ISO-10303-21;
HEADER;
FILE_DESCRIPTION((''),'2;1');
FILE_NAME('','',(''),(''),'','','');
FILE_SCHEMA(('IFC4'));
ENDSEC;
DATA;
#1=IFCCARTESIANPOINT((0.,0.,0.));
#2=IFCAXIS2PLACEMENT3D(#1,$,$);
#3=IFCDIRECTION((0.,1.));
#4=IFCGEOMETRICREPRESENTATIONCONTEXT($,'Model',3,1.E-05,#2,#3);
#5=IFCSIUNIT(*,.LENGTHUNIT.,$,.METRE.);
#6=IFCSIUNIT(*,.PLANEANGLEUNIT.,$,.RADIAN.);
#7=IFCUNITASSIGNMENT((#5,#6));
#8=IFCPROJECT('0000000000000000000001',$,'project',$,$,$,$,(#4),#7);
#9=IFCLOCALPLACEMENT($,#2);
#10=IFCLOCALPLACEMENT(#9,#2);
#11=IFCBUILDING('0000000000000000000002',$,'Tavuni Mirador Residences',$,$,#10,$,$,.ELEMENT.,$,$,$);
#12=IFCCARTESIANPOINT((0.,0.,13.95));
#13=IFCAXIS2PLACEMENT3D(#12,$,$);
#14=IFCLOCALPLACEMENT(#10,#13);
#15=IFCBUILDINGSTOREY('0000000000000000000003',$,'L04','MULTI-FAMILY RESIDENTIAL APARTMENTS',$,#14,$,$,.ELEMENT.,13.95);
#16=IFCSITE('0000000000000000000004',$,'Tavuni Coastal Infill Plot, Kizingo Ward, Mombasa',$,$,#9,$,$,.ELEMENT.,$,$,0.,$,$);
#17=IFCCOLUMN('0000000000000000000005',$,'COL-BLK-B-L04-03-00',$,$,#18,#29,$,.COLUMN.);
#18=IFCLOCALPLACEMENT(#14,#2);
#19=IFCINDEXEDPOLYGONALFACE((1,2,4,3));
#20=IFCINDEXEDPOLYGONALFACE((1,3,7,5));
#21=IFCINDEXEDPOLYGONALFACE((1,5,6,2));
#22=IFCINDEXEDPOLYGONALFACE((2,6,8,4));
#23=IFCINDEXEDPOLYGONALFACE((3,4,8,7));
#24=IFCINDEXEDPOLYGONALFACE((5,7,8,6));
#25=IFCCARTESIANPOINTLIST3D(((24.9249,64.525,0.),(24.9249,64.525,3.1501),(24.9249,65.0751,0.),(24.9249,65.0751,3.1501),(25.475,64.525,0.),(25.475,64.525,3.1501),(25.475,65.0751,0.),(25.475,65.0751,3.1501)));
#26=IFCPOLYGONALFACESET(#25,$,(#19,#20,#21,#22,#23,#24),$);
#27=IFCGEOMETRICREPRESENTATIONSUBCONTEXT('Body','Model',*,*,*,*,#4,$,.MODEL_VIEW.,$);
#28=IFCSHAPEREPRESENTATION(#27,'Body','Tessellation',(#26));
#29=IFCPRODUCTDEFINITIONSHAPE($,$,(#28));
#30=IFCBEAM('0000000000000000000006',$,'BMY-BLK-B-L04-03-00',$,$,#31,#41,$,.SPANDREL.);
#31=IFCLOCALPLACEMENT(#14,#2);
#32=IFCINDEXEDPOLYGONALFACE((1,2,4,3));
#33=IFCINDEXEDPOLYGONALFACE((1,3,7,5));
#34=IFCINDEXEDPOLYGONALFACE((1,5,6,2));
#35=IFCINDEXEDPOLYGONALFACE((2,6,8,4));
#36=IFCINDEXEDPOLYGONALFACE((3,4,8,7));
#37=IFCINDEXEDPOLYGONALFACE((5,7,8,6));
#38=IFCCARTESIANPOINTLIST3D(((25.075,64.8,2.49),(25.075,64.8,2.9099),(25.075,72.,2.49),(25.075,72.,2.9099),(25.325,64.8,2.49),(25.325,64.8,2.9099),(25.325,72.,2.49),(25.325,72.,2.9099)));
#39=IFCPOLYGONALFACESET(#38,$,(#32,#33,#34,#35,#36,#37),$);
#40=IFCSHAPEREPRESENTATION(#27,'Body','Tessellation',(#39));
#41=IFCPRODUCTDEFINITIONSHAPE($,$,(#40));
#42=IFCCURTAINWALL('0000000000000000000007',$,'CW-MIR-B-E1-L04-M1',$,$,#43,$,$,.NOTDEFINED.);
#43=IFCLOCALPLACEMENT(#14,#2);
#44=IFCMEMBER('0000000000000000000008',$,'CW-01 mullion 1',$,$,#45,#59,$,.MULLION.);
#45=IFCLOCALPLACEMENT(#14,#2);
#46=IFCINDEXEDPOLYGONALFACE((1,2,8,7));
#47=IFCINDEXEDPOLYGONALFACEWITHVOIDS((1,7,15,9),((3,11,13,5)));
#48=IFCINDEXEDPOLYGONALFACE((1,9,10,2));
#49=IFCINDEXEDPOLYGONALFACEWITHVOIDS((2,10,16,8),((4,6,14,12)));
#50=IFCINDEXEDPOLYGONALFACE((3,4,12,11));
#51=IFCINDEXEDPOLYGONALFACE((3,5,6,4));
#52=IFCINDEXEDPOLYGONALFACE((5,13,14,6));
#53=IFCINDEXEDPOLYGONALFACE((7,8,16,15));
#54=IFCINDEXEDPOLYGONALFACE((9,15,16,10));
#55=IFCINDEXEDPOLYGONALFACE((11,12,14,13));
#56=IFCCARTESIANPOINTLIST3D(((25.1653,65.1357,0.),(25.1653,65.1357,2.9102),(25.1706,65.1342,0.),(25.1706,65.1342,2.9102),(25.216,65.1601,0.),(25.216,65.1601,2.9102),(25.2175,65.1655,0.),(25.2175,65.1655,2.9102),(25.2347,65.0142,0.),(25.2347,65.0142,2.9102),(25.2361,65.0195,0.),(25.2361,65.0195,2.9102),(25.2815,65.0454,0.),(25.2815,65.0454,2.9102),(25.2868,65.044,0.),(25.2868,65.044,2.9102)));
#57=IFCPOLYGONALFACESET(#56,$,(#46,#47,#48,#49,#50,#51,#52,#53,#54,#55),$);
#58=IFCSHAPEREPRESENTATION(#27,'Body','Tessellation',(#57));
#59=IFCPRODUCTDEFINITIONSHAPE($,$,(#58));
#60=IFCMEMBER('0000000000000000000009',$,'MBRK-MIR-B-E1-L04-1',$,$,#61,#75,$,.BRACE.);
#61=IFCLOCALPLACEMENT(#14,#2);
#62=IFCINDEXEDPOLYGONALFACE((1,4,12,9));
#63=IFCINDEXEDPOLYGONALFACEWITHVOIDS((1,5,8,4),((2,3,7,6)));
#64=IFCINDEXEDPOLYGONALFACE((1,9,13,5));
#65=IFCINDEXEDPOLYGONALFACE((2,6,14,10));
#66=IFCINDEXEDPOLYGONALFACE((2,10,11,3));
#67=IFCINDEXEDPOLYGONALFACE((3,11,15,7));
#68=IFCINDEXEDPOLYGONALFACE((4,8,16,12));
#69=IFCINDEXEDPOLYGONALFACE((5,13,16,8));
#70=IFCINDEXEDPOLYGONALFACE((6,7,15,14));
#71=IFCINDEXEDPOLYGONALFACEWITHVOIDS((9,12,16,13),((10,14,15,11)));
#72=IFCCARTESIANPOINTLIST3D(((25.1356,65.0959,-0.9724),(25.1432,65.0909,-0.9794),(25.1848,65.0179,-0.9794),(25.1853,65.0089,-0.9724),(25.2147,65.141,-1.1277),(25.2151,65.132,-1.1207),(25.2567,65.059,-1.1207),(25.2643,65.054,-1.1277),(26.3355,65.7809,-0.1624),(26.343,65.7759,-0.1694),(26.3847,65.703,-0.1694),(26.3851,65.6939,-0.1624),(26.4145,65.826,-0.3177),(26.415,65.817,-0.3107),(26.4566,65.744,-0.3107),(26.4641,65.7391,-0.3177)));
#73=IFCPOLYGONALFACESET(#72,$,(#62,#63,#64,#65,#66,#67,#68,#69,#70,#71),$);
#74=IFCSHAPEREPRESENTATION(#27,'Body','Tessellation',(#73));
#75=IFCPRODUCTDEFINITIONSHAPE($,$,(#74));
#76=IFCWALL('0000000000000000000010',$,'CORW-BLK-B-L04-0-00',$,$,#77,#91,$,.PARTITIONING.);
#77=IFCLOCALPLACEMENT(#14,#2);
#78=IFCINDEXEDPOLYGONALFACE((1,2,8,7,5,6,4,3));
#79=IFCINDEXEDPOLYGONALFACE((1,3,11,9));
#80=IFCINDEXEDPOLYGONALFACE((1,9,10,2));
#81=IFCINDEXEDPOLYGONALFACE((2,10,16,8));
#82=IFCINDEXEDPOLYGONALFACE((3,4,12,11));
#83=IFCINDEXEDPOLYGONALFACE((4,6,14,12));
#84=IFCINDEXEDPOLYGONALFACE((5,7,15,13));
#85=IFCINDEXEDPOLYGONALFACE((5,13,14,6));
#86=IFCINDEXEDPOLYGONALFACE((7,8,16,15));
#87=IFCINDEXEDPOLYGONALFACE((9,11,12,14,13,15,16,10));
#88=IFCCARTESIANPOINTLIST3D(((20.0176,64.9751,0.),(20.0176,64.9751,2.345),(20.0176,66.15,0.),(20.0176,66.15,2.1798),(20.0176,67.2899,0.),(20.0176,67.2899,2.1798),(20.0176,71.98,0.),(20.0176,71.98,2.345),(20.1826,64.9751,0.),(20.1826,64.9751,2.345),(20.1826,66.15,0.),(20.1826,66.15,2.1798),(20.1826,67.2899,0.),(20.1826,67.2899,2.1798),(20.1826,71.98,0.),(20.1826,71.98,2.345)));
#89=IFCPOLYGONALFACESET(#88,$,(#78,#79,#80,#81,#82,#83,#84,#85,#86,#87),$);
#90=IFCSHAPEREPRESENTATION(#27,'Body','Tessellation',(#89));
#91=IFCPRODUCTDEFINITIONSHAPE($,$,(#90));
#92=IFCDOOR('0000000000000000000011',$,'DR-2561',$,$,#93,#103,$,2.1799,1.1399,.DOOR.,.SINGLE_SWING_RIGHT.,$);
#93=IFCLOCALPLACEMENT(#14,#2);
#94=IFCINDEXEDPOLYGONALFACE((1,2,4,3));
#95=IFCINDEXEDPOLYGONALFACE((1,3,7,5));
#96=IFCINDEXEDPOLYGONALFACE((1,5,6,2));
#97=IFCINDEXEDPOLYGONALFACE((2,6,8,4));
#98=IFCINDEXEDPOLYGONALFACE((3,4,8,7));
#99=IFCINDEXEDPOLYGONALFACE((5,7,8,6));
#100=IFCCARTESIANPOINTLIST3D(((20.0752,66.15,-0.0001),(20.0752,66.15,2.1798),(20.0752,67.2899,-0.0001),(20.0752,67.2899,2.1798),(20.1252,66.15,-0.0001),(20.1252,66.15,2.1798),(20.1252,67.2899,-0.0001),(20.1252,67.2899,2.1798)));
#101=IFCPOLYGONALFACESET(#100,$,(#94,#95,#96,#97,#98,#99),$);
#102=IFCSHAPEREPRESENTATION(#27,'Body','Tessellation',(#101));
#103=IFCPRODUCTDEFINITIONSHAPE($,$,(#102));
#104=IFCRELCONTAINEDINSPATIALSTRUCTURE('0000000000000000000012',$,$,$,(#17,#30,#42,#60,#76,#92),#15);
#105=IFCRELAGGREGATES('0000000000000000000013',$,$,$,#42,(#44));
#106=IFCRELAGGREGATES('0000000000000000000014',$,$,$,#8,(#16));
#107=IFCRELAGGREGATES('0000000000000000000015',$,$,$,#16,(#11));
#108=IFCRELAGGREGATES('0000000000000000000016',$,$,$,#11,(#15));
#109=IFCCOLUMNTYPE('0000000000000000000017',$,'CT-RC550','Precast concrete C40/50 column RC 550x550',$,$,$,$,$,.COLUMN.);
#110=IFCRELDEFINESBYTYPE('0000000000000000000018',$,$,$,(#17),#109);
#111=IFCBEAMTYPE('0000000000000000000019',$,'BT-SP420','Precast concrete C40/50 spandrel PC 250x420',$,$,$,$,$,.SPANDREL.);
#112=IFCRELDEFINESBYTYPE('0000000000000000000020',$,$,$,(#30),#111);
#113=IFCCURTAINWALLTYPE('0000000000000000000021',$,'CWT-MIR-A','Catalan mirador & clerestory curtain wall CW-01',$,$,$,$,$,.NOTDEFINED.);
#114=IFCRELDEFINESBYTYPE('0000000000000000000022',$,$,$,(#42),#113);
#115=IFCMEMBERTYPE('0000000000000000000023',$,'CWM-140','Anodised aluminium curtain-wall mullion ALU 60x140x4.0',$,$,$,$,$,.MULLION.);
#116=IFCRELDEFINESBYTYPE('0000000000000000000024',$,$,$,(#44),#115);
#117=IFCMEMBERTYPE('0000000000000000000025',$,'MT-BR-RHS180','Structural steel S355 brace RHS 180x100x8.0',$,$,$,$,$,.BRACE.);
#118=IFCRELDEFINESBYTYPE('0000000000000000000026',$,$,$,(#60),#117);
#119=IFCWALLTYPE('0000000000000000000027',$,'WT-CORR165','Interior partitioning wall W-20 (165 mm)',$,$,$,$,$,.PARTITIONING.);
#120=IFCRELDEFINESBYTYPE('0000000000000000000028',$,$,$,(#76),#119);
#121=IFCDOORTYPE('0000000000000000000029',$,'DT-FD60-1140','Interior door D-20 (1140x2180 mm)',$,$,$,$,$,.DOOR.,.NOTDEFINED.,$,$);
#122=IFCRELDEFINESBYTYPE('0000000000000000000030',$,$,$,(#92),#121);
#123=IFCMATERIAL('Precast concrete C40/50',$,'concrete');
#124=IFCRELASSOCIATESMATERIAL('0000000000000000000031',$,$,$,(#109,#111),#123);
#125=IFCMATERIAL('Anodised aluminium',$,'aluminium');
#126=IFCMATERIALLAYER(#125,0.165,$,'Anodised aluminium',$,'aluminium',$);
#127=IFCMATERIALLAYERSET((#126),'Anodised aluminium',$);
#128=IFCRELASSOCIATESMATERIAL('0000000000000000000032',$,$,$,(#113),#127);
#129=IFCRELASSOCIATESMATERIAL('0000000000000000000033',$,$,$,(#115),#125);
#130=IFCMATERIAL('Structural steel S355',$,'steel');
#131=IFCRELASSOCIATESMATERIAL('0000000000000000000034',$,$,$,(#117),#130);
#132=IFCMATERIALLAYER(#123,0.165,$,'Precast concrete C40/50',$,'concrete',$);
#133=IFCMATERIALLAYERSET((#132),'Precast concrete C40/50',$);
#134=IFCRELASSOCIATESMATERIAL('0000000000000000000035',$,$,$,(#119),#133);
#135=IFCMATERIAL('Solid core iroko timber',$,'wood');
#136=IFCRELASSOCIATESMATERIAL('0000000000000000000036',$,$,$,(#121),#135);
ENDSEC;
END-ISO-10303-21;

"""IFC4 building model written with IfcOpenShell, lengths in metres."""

from ifc_helpers import new_model, si_unit, direction, frame, frame_2d, origin, origin_2d, place, context, subcontext, project, spatial, rectangle, hollow_rectangle, extrude, material, layer, layer_set, material_profile, profile_set, type_object, element, fill, aggregate, save


model = new_model("IFC4")

# Units and contexts
model_context = context("Model", 3, precision=1e-05, world=origin(), true_north=direction((0.0, 1.0)))
body_context = subcontext(model_context, "Body", "Model", "MODEL_VIEW")
ifc_project = project(units=[si_unit("LENGTHUNIT", "METRE"), si_unit("PLANEANGLEUNIT", "RADIAN")], contexts=[model_context])

# Site, building, storey
site_placement = place(None, origin())
site = spatial("IfcSite", under=ifc_project, at=site_placement, Name="Tavuni Coastal Infill Plot, Kizingo Ward, Mombasa", CompositionType="ELEMENT", RefElevation=0.0)
building_placement = place(site_placement, origin())
building = spatial("IfcBuilding", under=site, at=building_placement, Name="Tavuni Mirador Residences", CompositionType="ELEMENT")
storey_placement = place(building_placement, frame((0.0, 0.0, 13.95)))
storey = spatial("IfcBuildingStorey", under=building, at=storey_placement, Name="L04", Description="MULTI-FAMILY RESIDENTIAL APARTMENTS", CompositionType="ELEMENT", Elevation=13.95)

# Column
ifc_material_1 = material(Name="Precast concrete C40/50", Category="concrete")
ifc_material_profile_1 = material_profile(ifc_material_1, rectangle(XDim=0.55, YDim=0.55, at=origin_2d()), Name="RC 550x550", Category="concrete")
ifc_profile_set_1 = profile_set([ifc_material_profile_1], Name="Precast concrete C40/50")
column_type = type_object("IfcColumnType", Name="CT-RC550", Description="Precast concrete C40/50 column RC 550x550", PredefinedType="COLUMN", material=ifc_profile_set_1)
column_placement = place(storey_placement, frame((25.2, 64.8, 0.0), z_axis=(0.0, 0.0, 1.0), x_axis=(1.0, 0.0, 0.0)))
element("IfcColumn", 1, at=column_placement, inside=storey, type_object=column_type, Name="COL-BLK-B-L04-03-00", PredefinedType="COLUMN", context=body_context, shape_type="SweptSolid", body=[
    extrude(rectangle(XDim=0.55, YDim=0.55, at=origin_2d()), origin(), (0.0, 0.0, 1.0), 3.1501),
])

# Beam
ifc_material_profile_2 = material_profile(ifc_material_1, rectangle(XDim=0.25, YDim=0.4199, at=origin_2d()), Name="PC 250x420", Category="concrete")
ifc_profile_set_2 = profile_set([ifc_material_profile_2], Name="Precast concrete C40/50")
beam_type = type_object("IfcBeamType", Name="BT-SP420", Description="Precast concrete C40/50 spandrel PC 250x420", PredefinedType="SPANDREL", material=ifc_profile_set_2)
beam_placement = place(storey_placement, frame((25.2, 64.8, 2.7), z_axis=(0.0, 1.0, 0.0), x_axis=(-1.0, 0.0, 0.0)))
element("IfcBeam", 2, at=beam_placement, inside=storey, type_object=beam_type, Name="BMY-BLK-B-L04-03-00", PredefinedType="SPANDREL", context=body_context, shape_type="SweptSolid", body=[
    extrude(rectangle(XDim=0.25, YDim=0.4199, at=origin_2d()), origin(), (0.0, 0.0, 1.0), 7.2),
])

# Curtain wall, member
ifc_material_2 = material(Name="Anodised aluminium", Category="aluminium")
ifc_layer_1 = layer(ifc_material_2, 0.165, Name="Anodised aluminium", Category="aluminium")
ifc_layer_set_1 = layer_set([ifc_layer_1], Name="Anodised aluminium")
curtain_wall_type = type_object("IfcCurtainWallType", Name="CWT-MIR-A", Description="Catalan mirador & clerestory curtain wall CW-01", PredefinedType="NOTDEFINED", material=ifc_layer_set_1)
curtain_wall_placement = place(storey_placement, origin())
curtain_wall = element("IfcCurtainWall", 3, at=curtain_wall_placement, inside=storey, type_object=curtain_wall_type, Name="CW-MIR-B-E1-L04-M1", PredefinedType="NOTDEFINED")
ifc_material_profile_3 = material_profile(ifc_material_2, hollow_rectangle(XDim=0.0601, YDim=0.1399, WallThickness=0.0039, at=origin_2d()), Name="ALU 60x140x4.0", Category="aluminium")
ifc_profile_set_3 = profile_set([ifc_material_profile_3], Name="Anodised aluminium")
member_type_1 = type_object("IfcMemberType", Name="CWM-140", Description="Anodised aluminium curtain-wall mullion ALU 60x140x4.0", PredefinedType="MULLION", material=ifc_profile_set_3)
member_1_placement = place(storey_placement, frame((25.2261, 65.0898, 0.0), z_axis=(0.0, 0.0, 1.0), x_axis=(0.868466, 0.495749, 0.0)))
member_1 = element("IfcMember", 4, at=member_1_placement, type_object=member_type_1, Name="CW-01 mullion 1", PredefinedType="MULLION", context=body_context, shape_type="SweptSolid", body=[
    extrude(hollow_rectangle(XDim=0.0601, YDim=0.1399, WallThickness=0.0039, at=origin_2d()), origin(), (0.0, 0.0, 1.0), 2.9102),
])
aggregate(curtain_wall, [member_1])

# Member
ifc_material_3 = material(Name="Structural steel S355", Category="steel")
ifc_material_profile_4 = material_profile(ifc_material_3, hollow_rectangle(XDim=0.1001, YDim=0.1799, WallThickness=0.0081, at=origin_2d()), Name="RHS 180x100x8.0", Category="steel")
ifc_profile_set_4 = profile_set([ifc_material_profile_4], Name="Structural steel S355")
member_type_2 = type_object("IfcMemberType", Name="MT-BR-RHS180", Description="Structural steel S355 brace RHS 180x100x8.0", PredefinedType="BRACE", material=ifc_profile_set_4)
member_2_placement = place(storey_placement, frame((25.2, 65.075, -1.05), z_axis=(0.749182, 0.427712, 0.505755), x_axis=(-0.495796, 0.868439, 0.0)))
element("IfcMember", 5, at=member_2_placement, inside=storey, type_object=member_type_2, Name="MBRK-MIR-B-E1-L04-1", PredefinedType="BRACE", context=body_context, shape_type="SweptSolid", body=[
    extrude(hollow_rectangle(XDim=0.1001, YDim=0.1799, WallThickness=0.0081, at=origin_2d()), origin(), (0.0, 0.0, 1.0), 1.6016),
])

# Wall, opening, door
ifc_layer_2 = layer(ifc_material_1, 0.165, Name="Precast concrete C40/50", Category="concrete")
ifc_layer_set_2 = layer_set([ifc_layer_2], Name="Precast concrete C40/50")
wall_type_1 = type_object("IfcWallType", Name="WT-CORR165", Description="Interior partitioning wall W-20 (165 mm)", PredefinedType="PARTITIONING", material=ifc_layer_set_2)
wall_1_placement = place(storey_placement, frame((20.1001, 64.9751, 0.0), z_axis=(0.0, 0.0, 1.0), x_axis=(0.0, 1.0, 0.0)))
wall_1 = element("IfcWall", 6, at=wall_1_placement, inside=storey, type_object=wall_type_1, Name="CORW-BLK-B-L04-0-00", PredefinedType="PARTITIONING", context=body_context, shape_type="SweptSolid", body=[
    extrude(rectangle(XDim=7.0049, YDim=0.165, at=frame_2d((3.5024, 0.0))), origin(), (0.0, 0.0, 1.0), 2.345),
])
opening_1_placement = place(wall_1_placement, frame((1.175, 0.0, 0.0)))
opening_1 = element("IfcOpeningElement", 7, at=opening_1_placement, cuts=wall_1, PredefinedType="OPENING", context=body_context, shape_type="SweptSolid", body=[
    extrude(rectangle(XDim=1.1399, YDim=2.1799, at=frame_2d((0.5698, 1.0898))), frame((0.0, 0.0925, 0.0), z_axis=(0.0, -1.0, 0.0), x_axis=(1.0, 0.0, 0.0)), (0.0, 0.0, 1.0), 0.1851),
])
ifc_material_4 = material(Name="Solid core iroko timber", Category="wood")
door_type_1 = type_object("IfcDoorType", Name="DT-FD60-1140", Description="Interior door D-20 (1140x2180 mm)", OperationType="NOTDEFINED", PredefinedType="DOOR", material=ifc_material_4)
door_1_placement = place(opening_1_placement, origin())
door_1 = element("IfcDoor", 8, at=door_1_placement, inside=storey, type_object=door_type_1, Name="DR-2561", OperationType="SINGLE_SWING_RIGHT", OverallHeight=2.1799, OverallWidth=1.1399, PredefinedType="DOOR", context=body_context, shape_type="SweptSolid", body=[
    extrude(rectangle(XDim=1.1399, YDim=2.1799, at=frame_2d((0.5698, 1.0898))), frame((0.0, 0.0249, 0.0), z_axis=(0.0, -1.0, 0.0), x_axis=(1.0, 0.0, 0.0)), (0.0, 0.0, 1.0), 0.05),
])
fill(opening_1, door_1)

save(model, "model.ifc")
